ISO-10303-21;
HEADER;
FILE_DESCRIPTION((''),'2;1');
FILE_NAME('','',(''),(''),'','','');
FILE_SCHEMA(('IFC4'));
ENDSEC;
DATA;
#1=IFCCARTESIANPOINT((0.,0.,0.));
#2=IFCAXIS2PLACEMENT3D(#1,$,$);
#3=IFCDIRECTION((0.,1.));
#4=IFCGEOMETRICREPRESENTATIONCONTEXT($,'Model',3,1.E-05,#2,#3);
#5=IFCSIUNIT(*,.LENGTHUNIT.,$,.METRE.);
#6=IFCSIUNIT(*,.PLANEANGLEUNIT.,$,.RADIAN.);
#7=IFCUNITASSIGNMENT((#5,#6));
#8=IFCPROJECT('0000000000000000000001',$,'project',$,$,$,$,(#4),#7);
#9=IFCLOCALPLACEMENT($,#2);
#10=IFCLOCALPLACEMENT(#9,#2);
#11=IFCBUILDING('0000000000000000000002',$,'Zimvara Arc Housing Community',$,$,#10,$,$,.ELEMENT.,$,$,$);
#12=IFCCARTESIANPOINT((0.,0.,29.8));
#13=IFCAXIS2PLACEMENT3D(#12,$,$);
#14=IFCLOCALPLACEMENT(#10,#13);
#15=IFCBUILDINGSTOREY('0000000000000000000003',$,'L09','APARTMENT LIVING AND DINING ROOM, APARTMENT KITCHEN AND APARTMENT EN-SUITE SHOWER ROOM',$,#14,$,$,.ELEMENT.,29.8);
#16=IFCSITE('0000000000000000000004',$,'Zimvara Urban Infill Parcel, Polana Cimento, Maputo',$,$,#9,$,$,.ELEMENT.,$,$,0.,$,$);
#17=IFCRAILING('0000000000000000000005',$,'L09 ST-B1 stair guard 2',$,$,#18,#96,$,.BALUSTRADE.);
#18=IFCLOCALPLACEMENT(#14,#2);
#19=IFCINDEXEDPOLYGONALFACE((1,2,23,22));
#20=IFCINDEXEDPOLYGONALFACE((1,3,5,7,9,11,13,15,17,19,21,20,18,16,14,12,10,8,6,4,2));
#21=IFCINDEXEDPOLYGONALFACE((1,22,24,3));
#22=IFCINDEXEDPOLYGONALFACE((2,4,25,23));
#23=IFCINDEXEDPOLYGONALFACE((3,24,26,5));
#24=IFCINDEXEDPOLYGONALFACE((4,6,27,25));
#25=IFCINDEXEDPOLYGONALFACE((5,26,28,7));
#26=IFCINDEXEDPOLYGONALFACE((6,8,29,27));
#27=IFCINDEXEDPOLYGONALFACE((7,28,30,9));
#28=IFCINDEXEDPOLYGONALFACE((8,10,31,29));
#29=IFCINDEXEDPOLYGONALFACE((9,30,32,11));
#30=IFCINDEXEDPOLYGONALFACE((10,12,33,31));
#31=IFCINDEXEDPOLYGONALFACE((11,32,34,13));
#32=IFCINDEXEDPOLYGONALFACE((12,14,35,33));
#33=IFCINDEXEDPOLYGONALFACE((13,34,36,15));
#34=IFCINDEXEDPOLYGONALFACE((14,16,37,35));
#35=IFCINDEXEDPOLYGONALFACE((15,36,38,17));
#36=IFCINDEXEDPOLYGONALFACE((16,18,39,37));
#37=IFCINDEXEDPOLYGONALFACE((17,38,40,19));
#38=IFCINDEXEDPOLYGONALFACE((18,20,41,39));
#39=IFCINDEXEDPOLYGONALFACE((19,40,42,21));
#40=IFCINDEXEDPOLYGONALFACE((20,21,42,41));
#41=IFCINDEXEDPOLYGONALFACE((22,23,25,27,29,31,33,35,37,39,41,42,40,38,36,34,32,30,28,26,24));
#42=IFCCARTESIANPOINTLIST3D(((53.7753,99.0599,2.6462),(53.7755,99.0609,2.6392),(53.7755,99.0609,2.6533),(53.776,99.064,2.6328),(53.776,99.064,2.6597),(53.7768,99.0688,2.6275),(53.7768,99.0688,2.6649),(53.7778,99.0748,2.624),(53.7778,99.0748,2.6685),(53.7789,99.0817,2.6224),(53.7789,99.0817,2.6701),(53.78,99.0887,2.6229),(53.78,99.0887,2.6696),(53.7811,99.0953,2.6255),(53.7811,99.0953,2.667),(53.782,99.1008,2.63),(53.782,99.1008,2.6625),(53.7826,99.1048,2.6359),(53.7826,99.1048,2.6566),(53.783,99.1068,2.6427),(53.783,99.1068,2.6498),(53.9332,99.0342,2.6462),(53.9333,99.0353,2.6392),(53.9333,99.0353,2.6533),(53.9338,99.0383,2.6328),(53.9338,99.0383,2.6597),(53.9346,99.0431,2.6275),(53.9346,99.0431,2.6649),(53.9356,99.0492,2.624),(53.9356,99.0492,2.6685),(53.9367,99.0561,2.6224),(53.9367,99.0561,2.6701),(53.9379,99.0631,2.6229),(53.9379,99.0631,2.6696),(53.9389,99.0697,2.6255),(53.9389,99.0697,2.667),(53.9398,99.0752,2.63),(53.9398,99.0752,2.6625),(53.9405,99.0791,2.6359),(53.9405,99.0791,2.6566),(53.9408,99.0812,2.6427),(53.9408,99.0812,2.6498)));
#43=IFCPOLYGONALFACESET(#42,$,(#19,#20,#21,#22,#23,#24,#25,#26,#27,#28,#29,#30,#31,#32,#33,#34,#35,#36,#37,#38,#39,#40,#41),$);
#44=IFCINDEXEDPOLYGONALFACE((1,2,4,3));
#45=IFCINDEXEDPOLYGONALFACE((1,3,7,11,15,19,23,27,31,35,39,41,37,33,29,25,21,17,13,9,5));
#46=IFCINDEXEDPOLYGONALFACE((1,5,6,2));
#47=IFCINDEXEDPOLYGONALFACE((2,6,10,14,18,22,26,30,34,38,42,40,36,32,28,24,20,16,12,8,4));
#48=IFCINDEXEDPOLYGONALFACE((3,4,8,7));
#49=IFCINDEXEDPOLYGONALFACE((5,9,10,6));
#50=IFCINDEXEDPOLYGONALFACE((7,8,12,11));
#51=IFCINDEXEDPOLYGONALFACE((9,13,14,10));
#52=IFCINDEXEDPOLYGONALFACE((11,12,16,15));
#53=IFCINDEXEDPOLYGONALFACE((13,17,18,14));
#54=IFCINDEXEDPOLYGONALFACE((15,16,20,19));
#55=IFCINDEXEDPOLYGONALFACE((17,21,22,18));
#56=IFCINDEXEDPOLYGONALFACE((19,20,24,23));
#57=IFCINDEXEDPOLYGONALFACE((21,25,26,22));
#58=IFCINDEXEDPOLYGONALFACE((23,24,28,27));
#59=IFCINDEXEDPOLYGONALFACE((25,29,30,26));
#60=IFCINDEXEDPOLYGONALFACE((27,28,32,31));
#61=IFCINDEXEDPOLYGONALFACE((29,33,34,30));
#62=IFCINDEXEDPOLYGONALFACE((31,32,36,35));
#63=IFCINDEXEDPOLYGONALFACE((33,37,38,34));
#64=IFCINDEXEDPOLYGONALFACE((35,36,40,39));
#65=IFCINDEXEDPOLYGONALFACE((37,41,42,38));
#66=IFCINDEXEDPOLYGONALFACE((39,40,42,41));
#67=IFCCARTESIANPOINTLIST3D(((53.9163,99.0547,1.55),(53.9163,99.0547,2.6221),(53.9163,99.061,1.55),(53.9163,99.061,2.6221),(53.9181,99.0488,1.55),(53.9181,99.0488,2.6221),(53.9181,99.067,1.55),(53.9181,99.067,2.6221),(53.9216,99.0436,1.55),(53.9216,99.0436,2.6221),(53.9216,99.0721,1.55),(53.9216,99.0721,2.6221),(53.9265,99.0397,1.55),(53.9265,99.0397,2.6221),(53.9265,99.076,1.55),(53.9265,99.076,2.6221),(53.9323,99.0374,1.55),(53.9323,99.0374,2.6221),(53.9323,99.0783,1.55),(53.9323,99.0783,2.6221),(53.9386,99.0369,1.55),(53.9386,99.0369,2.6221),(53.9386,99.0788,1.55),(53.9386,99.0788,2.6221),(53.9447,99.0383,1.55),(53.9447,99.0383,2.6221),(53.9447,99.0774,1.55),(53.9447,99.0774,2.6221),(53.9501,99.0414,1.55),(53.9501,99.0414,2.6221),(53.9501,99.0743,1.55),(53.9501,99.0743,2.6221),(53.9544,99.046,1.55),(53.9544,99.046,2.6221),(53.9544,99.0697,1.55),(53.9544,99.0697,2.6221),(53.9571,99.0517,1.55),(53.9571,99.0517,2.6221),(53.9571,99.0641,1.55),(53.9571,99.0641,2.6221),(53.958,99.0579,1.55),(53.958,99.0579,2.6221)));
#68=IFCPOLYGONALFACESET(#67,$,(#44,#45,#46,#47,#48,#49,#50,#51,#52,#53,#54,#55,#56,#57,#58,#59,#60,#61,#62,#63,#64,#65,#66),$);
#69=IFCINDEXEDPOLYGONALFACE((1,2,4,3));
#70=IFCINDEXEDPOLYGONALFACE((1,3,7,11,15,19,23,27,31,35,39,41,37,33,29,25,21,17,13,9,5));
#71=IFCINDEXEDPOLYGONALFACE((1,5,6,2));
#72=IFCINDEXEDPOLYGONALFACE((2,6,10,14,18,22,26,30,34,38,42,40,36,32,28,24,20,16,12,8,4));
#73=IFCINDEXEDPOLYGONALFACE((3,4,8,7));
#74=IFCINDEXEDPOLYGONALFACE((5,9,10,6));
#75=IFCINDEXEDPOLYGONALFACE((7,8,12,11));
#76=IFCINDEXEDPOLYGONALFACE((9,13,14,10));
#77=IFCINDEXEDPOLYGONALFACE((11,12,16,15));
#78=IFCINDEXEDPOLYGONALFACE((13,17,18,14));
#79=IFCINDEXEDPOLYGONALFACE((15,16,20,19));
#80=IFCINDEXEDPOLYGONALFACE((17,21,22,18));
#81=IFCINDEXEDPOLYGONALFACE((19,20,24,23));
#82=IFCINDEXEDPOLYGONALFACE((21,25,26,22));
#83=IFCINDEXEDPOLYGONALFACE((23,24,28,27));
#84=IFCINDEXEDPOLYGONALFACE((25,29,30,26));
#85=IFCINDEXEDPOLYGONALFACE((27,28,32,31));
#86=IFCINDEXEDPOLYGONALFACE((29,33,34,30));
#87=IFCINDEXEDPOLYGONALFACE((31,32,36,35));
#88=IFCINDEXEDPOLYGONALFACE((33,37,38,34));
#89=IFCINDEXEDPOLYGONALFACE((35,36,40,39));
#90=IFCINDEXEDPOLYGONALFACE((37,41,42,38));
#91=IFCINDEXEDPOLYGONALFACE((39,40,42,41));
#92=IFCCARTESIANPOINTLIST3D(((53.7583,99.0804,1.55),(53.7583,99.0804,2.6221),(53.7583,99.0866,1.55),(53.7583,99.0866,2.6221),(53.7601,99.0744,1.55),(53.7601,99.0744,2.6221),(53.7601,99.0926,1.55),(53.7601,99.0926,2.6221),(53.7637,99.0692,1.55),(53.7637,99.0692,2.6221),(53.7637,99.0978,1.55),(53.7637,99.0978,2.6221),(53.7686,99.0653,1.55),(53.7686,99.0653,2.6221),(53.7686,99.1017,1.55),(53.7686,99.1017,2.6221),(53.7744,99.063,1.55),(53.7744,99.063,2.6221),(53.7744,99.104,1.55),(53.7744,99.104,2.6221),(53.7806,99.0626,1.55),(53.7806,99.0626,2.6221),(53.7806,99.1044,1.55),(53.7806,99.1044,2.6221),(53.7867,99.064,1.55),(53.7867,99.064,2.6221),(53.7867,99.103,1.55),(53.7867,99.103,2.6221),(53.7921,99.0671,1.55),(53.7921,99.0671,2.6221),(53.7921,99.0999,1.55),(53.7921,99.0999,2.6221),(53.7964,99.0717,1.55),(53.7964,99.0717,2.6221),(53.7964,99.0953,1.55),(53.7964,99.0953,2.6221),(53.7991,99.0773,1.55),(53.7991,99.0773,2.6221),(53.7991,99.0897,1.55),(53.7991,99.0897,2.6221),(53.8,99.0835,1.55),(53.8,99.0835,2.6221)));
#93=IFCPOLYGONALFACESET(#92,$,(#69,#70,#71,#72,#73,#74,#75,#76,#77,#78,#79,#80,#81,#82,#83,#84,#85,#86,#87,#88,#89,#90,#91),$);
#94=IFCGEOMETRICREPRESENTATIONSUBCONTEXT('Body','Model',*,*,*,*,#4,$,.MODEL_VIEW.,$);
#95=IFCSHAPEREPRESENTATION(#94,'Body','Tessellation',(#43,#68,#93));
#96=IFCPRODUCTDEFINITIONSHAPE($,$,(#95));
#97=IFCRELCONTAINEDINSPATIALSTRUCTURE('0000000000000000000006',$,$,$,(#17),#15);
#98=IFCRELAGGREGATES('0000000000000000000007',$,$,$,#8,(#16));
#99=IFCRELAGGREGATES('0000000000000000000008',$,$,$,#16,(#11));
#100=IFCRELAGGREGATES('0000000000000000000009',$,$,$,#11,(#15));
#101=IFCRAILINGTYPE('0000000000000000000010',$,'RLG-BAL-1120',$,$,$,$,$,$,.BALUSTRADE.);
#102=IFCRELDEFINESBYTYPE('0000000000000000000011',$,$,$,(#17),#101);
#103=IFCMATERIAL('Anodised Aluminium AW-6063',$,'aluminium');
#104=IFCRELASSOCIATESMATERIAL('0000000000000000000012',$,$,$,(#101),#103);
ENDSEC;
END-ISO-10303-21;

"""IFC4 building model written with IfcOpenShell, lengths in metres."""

from ifc_helpers import new_model, si_unit, direction, frame, origin, origin_2d, place, context, subcontext, project, spatial, circle, extrude, material, type_object, element, save


model = new_model("IFC4")

# Units and contexts
model_context = context("Model", 3, precision=1e-05, world=origin(), true_north=direction((0.0, 1.0)))
body_context = subcontext(model_context, "Body", "Model", "MODEL_VIEW")
ifc_project = project(units=[si_unit("LENGTHUNIT", "METRE"), si_unit("PLANEANGLEUNIT", "RADIAN")], contexts=[model_context])

# Site, building, storey
site_placement = place(None, origin())
site = spatial("IfcSite", under=ifc_project, at=site_placement, Name="Zimvara Urban Infill Parcel, Polana Cimento, Maputo", CompositionType="ELEMENT", RefElevation=0.0)
building_placement = place(site_placement, origin())
building = spatial("IfcBuilding", under=site, at=building_placement, Name="Zimvara Arc Housing Community", CompositionType="ELEMENT")
storey_placement = place(building_placement, frame((0.0, 0.0, 29.8)))
storey = spatial("IfcBuildingStorey", under=building, at=storey_placement, Name="L09", Description="APARTMENT LIVING AND DINING ROOM, APARTMENT KITCHEN AND APARTMENT EN-SUITE SHOWER ROOM", CompositionType="ELEMENT", Elevation=29.8)

# Railing
ifc_material_1 = material(Name="Anodised Aluminium AW-6063", Category="aluminium")
railing_type_1 = type_object("IfcRailingType", Name="RLG-BAL-1120", PredefinedType="BALUSTRADE", material=ifc_material_1)
railing_1_placement = place(storey_placement, frame((53.937, 99.0579, 1.55)))
element("IfcRailing", 1, at=railing_1_placement, inside=storey, type_object=railing_type_1, Name="L09 ST-B1 stair guard 2", PredefinedType="BALUSTRADE", context=body_context, shape_type="SweptSolid", body=[
    extrude(circle(Radius=0.0239, at=origin_2d()), frame((0.0, 0.0, 1.0962), z_axis=(-0.987086, 0.160192, 0.0), x_axis=(-0.160192, -0.987086, 0.0)), (0.0, 0.0, 1.0), 0.1599),
    extrude(circle(Radius=0.021, at=origin_2d()), origin(), (0.0, 0.0, 1.0), 1.072),
    extrude(circle(Radius=0.021, at=origin_2d()), frame((-0.158, 0.0256, 0.0)), (0.0, 0.0, 1.0), 1.072),
])

save(model, "model.ifc")
